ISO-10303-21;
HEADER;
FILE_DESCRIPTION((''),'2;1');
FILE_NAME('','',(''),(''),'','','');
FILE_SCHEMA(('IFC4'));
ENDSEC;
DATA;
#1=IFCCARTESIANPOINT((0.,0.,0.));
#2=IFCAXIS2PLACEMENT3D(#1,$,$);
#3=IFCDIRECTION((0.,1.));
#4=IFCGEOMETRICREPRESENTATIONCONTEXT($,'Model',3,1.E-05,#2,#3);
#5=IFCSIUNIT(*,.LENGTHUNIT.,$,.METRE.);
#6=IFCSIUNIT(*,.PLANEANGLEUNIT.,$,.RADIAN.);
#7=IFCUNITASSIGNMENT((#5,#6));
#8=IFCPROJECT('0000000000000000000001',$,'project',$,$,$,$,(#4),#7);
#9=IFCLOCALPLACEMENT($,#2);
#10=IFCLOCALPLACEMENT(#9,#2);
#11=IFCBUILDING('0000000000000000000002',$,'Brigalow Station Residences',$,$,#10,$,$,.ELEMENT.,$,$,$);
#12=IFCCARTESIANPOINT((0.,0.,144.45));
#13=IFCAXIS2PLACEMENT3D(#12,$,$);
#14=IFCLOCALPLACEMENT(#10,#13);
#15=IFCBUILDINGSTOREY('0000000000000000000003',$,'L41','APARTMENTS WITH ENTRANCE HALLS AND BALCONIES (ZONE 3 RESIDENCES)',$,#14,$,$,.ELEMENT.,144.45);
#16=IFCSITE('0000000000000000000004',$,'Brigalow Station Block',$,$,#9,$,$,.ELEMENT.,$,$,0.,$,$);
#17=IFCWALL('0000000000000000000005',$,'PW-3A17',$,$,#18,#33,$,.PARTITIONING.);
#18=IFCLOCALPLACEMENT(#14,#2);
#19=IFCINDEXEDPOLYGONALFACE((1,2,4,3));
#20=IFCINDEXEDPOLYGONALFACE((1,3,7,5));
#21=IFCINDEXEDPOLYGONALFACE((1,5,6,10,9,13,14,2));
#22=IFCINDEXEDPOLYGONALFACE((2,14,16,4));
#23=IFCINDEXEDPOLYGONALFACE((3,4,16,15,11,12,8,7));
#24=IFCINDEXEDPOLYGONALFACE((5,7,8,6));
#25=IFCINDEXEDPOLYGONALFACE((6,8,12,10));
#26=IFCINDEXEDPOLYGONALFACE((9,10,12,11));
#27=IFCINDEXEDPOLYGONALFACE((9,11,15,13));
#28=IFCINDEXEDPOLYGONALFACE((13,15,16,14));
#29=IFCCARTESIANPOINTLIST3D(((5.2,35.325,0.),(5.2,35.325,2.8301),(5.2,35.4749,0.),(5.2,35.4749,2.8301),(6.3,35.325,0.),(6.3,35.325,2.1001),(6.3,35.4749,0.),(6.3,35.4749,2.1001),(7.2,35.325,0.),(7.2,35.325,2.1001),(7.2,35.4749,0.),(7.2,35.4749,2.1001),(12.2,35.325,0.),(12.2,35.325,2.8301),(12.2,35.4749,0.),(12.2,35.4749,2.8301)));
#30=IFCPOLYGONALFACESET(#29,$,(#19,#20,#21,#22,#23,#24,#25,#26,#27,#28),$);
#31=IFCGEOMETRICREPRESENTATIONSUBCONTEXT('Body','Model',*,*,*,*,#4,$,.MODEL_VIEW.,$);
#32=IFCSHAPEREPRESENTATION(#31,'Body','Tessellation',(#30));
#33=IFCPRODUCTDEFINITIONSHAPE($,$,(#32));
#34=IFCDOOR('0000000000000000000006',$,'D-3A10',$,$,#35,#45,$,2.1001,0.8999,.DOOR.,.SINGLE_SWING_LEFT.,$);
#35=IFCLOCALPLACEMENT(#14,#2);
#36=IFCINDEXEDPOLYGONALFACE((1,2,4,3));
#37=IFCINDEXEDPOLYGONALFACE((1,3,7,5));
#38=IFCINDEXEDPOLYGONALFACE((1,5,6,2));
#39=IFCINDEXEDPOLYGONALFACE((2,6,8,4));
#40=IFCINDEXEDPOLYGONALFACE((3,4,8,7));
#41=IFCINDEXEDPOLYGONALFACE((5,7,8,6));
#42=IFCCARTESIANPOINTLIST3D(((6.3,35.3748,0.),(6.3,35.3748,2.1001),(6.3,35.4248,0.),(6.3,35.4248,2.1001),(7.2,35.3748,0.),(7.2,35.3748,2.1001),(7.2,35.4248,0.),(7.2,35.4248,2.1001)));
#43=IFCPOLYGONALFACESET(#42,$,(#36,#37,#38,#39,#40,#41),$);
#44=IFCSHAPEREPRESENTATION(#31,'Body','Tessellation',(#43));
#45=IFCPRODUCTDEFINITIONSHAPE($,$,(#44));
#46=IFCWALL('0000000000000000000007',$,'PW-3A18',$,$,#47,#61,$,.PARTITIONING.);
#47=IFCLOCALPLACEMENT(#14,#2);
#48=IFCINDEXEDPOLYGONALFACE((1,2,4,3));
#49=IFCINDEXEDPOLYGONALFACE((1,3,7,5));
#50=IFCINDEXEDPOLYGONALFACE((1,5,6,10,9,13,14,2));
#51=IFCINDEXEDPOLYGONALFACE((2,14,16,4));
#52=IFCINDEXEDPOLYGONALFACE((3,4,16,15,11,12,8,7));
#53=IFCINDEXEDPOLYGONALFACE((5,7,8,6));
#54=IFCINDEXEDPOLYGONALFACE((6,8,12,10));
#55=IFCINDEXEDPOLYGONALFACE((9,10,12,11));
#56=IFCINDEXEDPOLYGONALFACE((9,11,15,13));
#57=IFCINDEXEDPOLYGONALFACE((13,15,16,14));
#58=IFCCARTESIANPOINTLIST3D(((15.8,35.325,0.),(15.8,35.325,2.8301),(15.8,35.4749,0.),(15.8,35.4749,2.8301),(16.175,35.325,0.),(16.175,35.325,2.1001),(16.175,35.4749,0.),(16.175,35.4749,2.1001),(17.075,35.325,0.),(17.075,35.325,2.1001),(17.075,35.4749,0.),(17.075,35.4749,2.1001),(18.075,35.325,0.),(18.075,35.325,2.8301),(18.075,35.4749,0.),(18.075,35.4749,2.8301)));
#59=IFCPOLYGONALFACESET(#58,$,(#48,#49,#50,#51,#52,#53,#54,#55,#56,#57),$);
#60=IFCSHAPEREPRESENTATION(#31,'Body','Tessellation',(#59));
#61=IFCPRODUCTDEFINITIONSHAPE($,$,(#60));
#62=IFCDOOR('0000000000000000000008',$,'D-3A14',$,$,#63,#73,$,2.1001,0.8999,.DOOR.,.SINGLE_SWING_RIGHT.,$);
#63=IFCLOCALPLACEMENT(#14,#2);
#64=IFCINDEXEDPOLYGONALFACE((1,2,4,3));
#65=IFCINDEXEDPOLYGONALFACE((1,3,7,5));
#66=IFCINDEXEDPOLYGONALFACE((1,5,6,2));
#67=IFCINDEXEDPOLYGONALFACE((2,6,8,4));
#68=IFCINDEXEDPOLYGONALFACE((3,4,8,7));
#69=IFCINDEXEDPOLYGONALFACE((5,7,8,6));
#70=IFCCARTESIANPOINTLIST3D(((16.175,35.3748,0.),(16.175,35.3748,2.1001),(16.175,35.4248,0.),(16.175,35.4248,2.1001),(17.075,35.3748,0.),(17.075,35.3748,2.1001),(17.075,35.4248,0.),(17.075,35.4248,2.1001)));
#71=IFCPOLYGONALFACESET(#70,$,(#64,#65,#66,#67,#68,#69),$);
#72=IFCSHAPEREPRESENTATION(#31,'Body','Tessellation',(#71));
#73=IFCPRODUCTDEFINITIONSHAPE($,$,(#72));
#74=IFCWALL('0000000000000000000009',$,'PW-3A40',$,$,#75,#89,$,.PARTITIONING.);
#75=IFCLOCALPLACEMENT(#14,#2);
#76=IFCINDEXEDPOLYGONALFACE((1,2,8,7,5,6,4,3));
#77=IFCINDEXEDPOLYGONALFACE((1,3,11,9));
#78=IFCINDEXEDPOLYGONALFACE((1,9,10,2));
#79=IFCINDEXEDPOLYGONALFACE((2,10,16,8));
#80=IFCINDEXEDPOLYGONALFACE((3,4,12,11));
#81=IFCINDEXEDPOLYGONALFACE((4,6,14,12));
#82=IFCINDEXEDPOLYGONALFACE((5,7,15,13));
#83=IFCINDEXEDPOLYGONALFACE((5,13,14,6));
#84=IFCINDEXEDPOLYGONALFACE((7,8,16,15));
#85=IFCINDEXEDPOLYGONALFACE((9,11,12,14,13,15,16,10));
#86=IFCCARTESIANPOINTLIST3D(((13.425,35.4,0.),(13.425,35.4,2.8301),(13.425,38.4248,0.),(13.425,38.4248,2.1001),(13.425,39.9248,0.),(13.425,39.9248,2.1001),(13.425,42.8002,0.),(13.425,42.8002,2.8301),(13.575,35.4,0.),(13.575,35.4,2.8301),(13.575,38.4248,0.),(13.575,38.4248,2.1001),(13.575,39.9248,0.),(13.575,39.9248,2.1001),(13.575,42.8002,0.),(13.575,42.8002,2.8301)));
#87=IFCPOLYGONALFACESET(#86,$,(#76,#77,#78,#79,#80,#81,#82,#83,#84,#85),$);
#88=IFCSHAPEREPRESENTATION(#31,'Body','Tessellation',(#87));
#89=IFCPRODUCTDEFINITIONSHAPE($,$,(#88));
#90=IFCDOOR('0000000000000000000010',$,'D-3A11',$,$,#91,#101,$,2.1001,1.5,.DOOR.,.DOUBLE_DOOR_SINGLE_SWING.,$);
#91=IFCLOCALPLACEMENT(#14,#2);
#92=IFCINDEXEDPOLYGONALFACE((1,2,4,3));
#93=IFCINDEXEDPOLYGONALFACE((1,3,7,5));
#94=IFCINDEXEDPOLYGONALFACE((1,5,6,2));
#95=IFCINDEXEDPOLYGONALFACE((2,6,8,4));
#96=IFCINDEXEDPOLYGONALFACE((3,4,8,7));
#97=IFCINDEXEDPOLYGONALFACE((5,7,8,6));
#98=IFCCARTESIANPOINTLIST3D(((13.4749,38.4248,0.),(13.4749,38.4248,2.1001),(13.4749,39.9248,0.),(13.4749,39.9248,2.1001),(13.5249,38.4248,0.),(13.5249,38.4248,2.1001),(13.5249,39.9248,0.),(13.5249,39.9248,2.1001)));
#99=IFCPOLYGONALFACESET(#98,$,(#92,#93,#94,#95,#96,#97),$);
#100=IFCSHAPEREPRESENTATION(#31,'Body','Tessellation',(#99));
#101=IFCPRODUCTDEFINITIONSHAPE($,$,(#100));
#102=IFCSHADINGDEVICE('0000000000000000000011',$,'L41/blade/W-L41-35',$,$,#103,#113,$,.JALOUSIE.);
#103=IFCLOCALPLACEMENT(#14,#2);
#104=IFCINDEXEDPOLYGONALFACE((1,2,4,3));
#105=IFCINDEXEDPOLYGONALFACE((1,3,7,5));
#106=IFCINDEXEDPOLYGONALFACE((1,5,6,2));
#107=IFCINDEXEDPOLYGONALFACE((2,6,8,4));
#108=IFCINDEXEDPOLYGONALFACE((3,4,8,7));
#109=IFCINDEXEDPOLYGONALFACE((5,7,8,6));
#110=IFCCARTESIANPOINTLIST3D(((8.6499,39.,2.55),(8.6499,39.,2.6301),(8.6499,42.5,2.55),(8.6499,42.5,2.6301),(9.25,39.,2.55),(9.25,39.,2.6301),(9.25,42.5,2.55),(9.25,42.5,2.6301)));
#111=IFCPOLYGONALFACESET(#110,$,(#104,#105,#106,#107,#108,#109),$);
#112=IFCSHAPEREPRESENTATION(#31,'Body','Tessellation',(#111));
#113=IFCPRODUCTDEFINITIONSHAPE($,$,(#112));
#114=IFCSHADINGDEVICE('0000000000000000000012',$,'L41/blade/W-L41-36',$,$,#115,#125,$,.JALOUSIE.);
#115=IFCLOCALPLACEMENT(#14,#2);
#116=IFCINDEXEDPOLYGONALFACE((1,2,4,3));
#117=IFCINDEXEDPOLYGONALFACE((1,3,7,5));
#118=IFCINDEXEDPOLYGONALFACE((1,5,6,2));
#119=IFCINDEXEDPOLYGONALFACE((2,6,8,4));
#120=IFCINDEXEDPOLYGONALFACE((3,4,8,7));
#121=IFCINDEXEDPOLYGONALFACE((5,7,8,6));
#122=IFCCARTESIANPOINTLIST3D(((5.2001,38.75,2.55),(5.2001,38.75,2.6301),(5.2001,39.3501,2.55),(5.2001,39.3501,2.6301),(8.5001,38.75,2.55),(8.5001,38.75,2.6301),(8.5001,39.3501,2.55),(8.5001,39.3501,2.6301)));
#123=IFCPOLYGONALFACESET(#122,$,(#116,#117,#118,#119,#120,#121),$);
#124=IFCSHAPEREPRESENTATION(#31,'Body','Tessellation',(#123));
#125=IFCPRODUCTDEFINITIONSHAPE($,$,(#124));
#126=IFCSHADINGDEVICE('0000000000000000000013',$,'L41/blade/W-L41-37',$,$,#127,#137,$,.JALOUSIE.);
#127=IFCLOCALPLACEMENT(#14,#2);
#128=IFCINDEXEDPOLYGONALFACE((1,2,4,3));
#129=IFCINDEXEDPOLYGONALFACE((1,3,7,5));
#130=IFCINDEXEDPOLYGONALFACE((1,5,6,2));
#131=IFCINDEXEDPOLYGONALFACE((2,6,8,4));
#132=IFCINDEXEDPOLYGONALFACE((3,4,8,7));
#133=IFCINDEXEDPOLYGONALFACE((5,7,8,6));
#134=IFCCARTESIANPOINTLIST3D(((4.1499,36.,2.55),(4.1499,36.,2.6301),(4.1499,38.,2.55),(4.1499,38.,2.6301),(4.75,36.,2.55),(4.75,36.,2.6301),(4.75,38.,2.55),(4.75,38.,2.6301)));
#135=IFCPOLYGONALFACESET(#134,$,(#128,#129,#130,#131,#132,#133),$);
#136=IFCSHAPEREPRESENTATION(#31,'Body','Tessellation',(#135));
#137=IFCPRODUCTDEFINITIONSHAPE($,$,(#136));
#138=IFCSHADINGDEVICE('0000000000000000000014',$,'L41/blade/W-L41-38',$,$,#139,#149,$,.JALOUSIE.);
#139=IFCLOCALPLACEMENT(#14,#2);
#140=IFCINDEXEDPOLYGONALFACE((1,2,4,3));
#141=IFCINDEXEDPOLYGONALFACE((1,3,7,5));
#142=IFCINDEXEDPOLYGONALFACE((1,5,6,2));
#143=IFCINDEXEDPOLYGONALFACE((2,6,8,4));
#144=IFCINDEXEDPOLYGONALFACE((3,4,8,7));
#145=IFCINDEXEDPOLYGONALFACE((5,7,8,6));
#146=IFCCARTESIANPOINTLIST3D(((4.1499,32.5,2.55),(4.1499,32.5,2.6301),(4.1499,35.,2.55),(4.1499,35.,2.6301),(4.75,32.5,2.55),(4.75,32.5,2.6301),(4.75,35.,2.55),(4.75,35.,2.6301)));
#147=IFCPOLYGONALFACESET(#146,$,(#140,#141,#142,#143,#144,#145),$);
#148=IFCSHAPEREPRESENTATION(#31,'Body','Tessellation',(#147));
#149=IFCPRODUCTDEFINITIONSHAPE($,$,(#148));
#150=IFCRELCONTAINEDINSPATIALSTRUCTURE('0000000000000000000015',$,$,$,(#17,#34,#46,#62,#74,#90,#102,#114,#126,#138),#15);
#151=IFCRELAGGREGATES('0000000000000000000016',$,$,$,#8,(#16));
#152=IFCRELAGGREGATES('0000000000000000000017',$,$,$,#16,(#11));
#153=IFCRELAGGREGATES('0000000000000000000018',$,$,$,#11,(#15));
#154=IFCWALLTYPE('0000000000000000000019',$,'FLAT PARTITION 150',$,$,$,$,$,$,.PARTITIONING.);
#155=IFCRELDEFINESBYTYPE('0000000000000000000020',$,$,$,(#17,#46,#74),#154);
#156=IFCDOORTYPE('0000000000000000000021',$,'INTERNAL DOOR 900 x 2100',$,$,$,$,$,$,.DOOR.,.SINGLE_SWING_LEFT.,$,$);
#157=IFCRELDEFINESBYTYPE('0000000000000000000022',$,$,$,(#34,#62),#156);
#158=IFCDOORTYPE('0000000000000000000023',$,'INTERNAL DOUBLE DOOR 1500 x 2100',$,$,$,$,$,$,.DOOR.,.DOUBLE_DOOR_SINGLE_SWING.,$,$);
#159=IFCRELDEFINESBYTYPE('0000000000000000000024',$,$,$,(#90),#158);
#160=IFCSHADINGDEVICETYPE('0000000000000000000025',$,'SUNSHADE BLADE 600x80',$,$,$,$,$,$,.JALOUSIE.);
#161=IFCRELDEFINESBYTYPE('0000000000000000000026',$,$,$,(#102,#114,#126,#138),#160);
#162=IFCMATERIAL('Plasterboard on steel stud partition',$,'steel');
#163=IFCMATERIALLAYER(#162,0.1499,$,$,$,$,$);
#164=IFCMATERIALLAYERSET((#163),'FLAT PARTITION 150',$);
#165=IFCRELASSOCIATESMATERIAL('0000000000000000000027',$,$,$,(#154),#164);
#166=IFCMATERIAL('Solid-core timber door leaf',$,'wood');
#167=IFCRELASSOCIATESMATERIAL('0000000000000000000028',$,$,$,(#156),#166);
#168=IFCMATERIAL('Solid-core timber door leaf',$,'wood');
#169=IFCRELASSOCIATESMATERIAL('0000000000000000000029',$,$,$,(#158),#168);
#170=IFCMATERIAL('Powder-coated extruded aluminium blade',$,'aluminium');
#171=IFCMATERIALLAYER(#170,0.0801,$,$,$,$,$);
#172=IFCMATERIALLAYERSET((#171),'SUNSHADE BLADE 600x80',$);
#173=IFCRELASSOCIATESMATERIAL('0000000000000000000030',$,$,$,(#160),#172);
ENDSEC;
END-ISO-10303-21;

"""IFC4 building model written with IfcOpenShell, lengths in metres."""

from ifc_helpers import new_model, si_unit, direction, frame, frame_2d, origin, origin_2d, place, context, subcontext, project, spatial, rectangle, extrude, material, layer, layer_set, type_object, element, fill, save


model = new_model("IFC4")

# Units and contexts
model_context = context("Model", 3, precision=1e-05, world=origin(), true_north=direction((0.0, 1.0)))
body_context = subcontext(model_context, "Body", "Model", "MODEL_VIEW")
ifc_project = project(units=[si_unit("LENGTHUNIT", "METRE"), si_unit("PLANEANGLEUNIT", "RADIAN")], contexts=[model_context])

# Site, building, storey
site_placement = place(None, origin())
site = spatial("IfcSite", under=ifc_project, at=site_placement, Name="Brigalow Station Block", CompositionType="ELEMENT", RefElevation=0.0)
building_placement = place(site_placement, origin())
building = spatial("IfcBuilding", under=site, at=building_placement, Name="Brigalow Station Residences", CompositionType="ELEMENT")
storey_placement = place(building_placement, frame((0.0, 0.0, 144.45)))
storey = spatial("IfcBuildingStorey", under=building, at=storey_placement, Name="L41", Description="APARTMENTS WITH ENTRANCE HALLS AND BALCONIES (ZONE 3 RESIDENCES)", CompositionType="ELEMENT", Elevation=144.45)

# Walls, openings, doors
ifc_material_1 = material(Name="Plasterboard on steel stud partition", Category="steel")
ifc_layer_1 = layer(ifc_material_1, 0.1499)
ifc_layer_set_1 = layer_set([ifc_layer_1], Name="FLAT PARTITION 150")
wall_type_1 = type_object("IfcWallType", Name="FLAT PARTITION 150", PredefinedType="PARTITIONING", material=ifc_layer_set_1)
wall_1_placement = place(storey_placement, frame((5.2, 35.3999, 0.0), z_axis=(0.0, 0.0, 1.0), x_axis=(1.0, 0.0, 0.0)))
wall_1 = element("IfcWall", 1, at=wall_1_placement, inside=storey, type_object=wall_type_1, Name="PW-3A17", PredefinedType="PARTITIONING", context=body_context, shape_type="SweptSolid", body=[
    extrude(rectangle(XDim=7.0, YDim=0.1499, at=frame_2d((3.5, 0.0))), origin(), (0.0, 0.0, 1.0), 2.8301),
])
opening_1_placement = place(wall_1_placement, frame((1.1001, 0.0, 0.0)))
opening_1 = element("IfcOpeningElement", 2, at=opening_1_placement, cuts=wall_1, PredefinedType="OPENING", context=body_context, shape_type="SweptSolid", body=[
    extrude(rectangle(XDim=0.8999, YDim=2.1001, at=frame_2d((0.45, 1.05))), frame((0.0, 0.085, 0.0), z_axis=(0.0, -1.0, 0.0), x_axis=(1.0, 0.0, 0.0)), (0.0, 0.0, 1.0), 0.1699),
])
ifc_material_2 = material(Name="Solid-core timber door leaf", Category="wood")
door_type_1 = type_object("IfcDoorType", Name="INTERNAL DOOR 900 x 2100", OperationType="SINGLE_SWING_LEFT", PredefinedType="DOOR", material=ifc_material_2)
door_1_placement = place(opening_1_placement, origin())
door_1 = element("IfcDoor", 3, at=door_1_placement, inside=storey, type_object=door_type_1, Name="D-3A10", OperationType="SINGLE_SWING_LEFT", OverallHeight=2.1001, OverallWidth=0.8999, PredefinedType="DOOR", context=body_context, shape_type="SweptSolid", body=[
    extrude(rectangle(XDim=0.8999, YDim=2.1001, at=frame_2d((0.45, 1.05))), frame((0.0, 0.0249, 0.0), z_axis=(0.0, -1.0, 0.0), x_axis=(1.0, 0.0, 0.0)), (0.0, 0.0, 1.0), 0.05),
])
fill(opening_1, door_1)
wall_2_placement = place(storey_placement, frame((15.8, 35.3999, 0.0), z_axis=(0.0, 0.0, 1.0), x_axis=(1.0, 0.0, 0.0)))
wall_2 = element("IfcWall", 4, at=wall_2_placement, inside=storey, type_object=wall_type_1, Name="PW-3A18", PredefinedType="PARTITIONING", context=body_context, shape_type="SweptSolid", body=[
    extrude(rectangle(XDim=2.2749, YDim=0.1499, at=frame_2d((1.1375, 0.0))), origin(), (0.0, 0.0, 1.0), 2.8301),
])
opening_2_placement = place(wall_2_placement, frame((0.375, 0.0, 0.0)))
opening_2 = element("IfcOpeningElement", 5, at=opening_2_placement, cuts=wall_2, PredefinedType="OPENING", context=body_context, shape_type="SweptSolid", body=[
    extrude(rectangle(XDim=0.8999, YDim=2.1001, at=frame_2d((0.45, 1.05))), frame((0.0, 0.085, 0.0), z_axis=(0.0, -1.0, 0.0), x_axis=(1.0, 0.0, 0.0)), (0.0, 0.0, 1.0), 0.1699),
])
door_2_placement = place(opening_2_placement, origin())
door_2 = element("IfcDoor", 6, at=door_2_placement, inside=storey, type_object=door_type_1, Name="D-3A14", OperationType="SINGLE_SWING_RIGHT", OverallHeight=2.1001, OverallWidth=0.8999, PredefinedType="DOOR", context=body_context, shape_type="SweptSolid", body=[
    extrude(rectangle(XDim=0.8999, YDim=2.1001, at=frame_2d((0.45, 1.05))), frame((0.0, 0.0249, 0.0), z_axis=(0.0, -1.0, 0.0), x_axis=(1.0, 0.0, 0.0)), (0.0, 0.0, 1.0), 0.05),
])
fill(opening_2, door_2)
wall_3_placement = place(storey_placement, frame((13.5, 35.3999, 0.0), z_axis=(0.0, 0.0, 1.0), x_axis=(0.0, 1.0, 0.0)))
wall_3 = element("IfcWall", 7, at=wall_3_placement, inside=storey, type_object=wall_type_1, Name="PW-3A40", PredefinedType="PARTITIONING", context=body_context, shape_type="SweptSolid", body=[
    extrude(rectangle(XDim=7.4001, YDim=0.1499, at=frame_2d((3.7002, 0.0))), origin(), (0.0, 0.0, 1.0), 2.8301),
])
opening_3_placement = place(wall_3_placement, frame((3.0249, 0.0, 0.0)))
opening_3 = element("IfcOpeningElement", 8, at=opening_3_placement, cuts=wall_3, PredefinedType="OPENING", context=body_context, shape_type="SweptSolid", body=[
    extrude(rectangle(XDim=1.5, YDim=2.1001, at=frame_2d((0.75, 1.05))), frame((0.0, 0.085, 0.0), z_axis=(0.0, -1.0, 0.0), x_axis=(1.0, 0.0, 0.0)), (0.0, 0.0, 1.0), 0.1699),
])
ifc_material_3 = material(Name="Solid-core timber door leaf", Category="wood")
door_type_2 = type_object("IfcDoorType", Name="INTERNAL DOUBLE DOOR 1500 x 2100", OperationType="DOUBLE_DOOR_SINGLE_SWING", PredefinedType="DOOR", material=ifc_material_3)
door_3_placement = place(opening_3_placement, frame((1.5, 0.0, 0.0), z_axis=(0.0, 0.0, 1.0), x_axis=(-1.0, 0.0, 0.0)))
door_3 = element("IfcDoor", 9, at=door_3_placement, inside=storey, type_object=door_type_2, Name="D-3A11", OperationType="DOUBLE_DOOR_SINGLE_SWING", OverallHeight=2.1001, OverallWidth=1.5, PredefinedType="DOOR", context=body_context, shape_type="SweptSolid", body=[
    extrude(rectangle(XDim=1.5, YDim=2.1001, at=frame_2d((0.75, 1.05))), frame((0.0, 0.0249, 0.0), z_axis=(0.0, -1.0, 0.0), x_axis=(1.0, 0.0, 0.0)), (0.0, 0.0, 1.0), 0.05),
])
fill(opening_3, door_3)

# Shading devices
ifc_material_4 = material(Name="Powder-coated extruded aluminium blade", Category="aluminium")
ifc_layer_2 = layer(ifc_material_4, 0.0801)
ifc_layer_set_2 = layer_set([ifc_layer_2], Name="SUNSHADE BLADE 600x80")
shading_device_type = type_object("IfcShadingDeviceType", Name="SUNSHADE BLADE 600x80", PredefinedType="JALOUSIE", material=ifc_layer_set_2)
shading_device_1_placement = place(storey_placement, frame((8.95, 40.75, 2.55), z_axis=(0.0, 0.0, 1.0), x_axis=(0.0, -1.0, 0.0)))
element("IfcShadingDevice", 10, at=shading_device_1_placement, inside=storey, type_object=shading_device_type, Name="L41/blade/W-L41-35", PredefinedType="JALOUSIE", context=body_context, shape_type="SweptSolid", body=[
    extrude(rectangle(XDim=3.5, YDim=0.6001, at=origin_2d()), origin(), (0.0, 0.0, 1.0), 0.0801),
])
shading_device_2_placement = place(storey_placement, frame((6.8501, 39.05, 2.55), z_axis=(0.0, 0.0, 1.0), x_axis=(-1.0, 0.0, 0.0)))
element("IfcShadingDevice", 11, at=shading_device_2_placement, inside=storey, type_object=shading_device_type, Name="L41/blade/W-L41-36", PredefinedType="JALOUSIE", context=body_context, shape_type="SweptSolid", body=[
    extrude(rectangle(XDim=3.3, YDim=0.6001, at=origin_2d()), origin(), (0.0, 0.0, 1.0), 0.0801),
])
shading_device_3_placement = place(storey_placement, frame((4.45, 37.0, 2.55), z_axis=(0.0, 0.0, 1.0), x_axis=(0.0, -1.0, 0.0)))
element("IfcShadingDevice", 12, at=shading_device_3_placement, inside=storey, type_object=shading_device_type, Name="L41/blade/W-L41-37", PredefinedType="JALOUSIE", context=body_context, shape_type="SweptSolid", body=[
    extrude(rectangle(XDim=2.0, YDim=0.6001, at=origin_2d()), origin(), (0.0, 0.0, 1.0), 0.0801),
])
shading_device_4_placement = place(storey_placement, frame((4.45, 33.75, 2.55), z_axis=(0.0, 0.0, 1.0), x_axis=(0.0, -1.0, 0.0)))
element("IfcShadingDevice", 13, at=shading_device_4_placement, inside=storey, type_object=shading_device_type, Name="L41/blade/W-L41-38", PredefinedType="JALOUSIE", context=body_context, shape_type="SweptSolid", body=[
    extrude(rectangle(XDim=2.5, YDim=0.6001, at=origin_2d()), origin(), (0.0, 0.0, 1.0), 0.0801),
])

save(model, "model.ifc")
